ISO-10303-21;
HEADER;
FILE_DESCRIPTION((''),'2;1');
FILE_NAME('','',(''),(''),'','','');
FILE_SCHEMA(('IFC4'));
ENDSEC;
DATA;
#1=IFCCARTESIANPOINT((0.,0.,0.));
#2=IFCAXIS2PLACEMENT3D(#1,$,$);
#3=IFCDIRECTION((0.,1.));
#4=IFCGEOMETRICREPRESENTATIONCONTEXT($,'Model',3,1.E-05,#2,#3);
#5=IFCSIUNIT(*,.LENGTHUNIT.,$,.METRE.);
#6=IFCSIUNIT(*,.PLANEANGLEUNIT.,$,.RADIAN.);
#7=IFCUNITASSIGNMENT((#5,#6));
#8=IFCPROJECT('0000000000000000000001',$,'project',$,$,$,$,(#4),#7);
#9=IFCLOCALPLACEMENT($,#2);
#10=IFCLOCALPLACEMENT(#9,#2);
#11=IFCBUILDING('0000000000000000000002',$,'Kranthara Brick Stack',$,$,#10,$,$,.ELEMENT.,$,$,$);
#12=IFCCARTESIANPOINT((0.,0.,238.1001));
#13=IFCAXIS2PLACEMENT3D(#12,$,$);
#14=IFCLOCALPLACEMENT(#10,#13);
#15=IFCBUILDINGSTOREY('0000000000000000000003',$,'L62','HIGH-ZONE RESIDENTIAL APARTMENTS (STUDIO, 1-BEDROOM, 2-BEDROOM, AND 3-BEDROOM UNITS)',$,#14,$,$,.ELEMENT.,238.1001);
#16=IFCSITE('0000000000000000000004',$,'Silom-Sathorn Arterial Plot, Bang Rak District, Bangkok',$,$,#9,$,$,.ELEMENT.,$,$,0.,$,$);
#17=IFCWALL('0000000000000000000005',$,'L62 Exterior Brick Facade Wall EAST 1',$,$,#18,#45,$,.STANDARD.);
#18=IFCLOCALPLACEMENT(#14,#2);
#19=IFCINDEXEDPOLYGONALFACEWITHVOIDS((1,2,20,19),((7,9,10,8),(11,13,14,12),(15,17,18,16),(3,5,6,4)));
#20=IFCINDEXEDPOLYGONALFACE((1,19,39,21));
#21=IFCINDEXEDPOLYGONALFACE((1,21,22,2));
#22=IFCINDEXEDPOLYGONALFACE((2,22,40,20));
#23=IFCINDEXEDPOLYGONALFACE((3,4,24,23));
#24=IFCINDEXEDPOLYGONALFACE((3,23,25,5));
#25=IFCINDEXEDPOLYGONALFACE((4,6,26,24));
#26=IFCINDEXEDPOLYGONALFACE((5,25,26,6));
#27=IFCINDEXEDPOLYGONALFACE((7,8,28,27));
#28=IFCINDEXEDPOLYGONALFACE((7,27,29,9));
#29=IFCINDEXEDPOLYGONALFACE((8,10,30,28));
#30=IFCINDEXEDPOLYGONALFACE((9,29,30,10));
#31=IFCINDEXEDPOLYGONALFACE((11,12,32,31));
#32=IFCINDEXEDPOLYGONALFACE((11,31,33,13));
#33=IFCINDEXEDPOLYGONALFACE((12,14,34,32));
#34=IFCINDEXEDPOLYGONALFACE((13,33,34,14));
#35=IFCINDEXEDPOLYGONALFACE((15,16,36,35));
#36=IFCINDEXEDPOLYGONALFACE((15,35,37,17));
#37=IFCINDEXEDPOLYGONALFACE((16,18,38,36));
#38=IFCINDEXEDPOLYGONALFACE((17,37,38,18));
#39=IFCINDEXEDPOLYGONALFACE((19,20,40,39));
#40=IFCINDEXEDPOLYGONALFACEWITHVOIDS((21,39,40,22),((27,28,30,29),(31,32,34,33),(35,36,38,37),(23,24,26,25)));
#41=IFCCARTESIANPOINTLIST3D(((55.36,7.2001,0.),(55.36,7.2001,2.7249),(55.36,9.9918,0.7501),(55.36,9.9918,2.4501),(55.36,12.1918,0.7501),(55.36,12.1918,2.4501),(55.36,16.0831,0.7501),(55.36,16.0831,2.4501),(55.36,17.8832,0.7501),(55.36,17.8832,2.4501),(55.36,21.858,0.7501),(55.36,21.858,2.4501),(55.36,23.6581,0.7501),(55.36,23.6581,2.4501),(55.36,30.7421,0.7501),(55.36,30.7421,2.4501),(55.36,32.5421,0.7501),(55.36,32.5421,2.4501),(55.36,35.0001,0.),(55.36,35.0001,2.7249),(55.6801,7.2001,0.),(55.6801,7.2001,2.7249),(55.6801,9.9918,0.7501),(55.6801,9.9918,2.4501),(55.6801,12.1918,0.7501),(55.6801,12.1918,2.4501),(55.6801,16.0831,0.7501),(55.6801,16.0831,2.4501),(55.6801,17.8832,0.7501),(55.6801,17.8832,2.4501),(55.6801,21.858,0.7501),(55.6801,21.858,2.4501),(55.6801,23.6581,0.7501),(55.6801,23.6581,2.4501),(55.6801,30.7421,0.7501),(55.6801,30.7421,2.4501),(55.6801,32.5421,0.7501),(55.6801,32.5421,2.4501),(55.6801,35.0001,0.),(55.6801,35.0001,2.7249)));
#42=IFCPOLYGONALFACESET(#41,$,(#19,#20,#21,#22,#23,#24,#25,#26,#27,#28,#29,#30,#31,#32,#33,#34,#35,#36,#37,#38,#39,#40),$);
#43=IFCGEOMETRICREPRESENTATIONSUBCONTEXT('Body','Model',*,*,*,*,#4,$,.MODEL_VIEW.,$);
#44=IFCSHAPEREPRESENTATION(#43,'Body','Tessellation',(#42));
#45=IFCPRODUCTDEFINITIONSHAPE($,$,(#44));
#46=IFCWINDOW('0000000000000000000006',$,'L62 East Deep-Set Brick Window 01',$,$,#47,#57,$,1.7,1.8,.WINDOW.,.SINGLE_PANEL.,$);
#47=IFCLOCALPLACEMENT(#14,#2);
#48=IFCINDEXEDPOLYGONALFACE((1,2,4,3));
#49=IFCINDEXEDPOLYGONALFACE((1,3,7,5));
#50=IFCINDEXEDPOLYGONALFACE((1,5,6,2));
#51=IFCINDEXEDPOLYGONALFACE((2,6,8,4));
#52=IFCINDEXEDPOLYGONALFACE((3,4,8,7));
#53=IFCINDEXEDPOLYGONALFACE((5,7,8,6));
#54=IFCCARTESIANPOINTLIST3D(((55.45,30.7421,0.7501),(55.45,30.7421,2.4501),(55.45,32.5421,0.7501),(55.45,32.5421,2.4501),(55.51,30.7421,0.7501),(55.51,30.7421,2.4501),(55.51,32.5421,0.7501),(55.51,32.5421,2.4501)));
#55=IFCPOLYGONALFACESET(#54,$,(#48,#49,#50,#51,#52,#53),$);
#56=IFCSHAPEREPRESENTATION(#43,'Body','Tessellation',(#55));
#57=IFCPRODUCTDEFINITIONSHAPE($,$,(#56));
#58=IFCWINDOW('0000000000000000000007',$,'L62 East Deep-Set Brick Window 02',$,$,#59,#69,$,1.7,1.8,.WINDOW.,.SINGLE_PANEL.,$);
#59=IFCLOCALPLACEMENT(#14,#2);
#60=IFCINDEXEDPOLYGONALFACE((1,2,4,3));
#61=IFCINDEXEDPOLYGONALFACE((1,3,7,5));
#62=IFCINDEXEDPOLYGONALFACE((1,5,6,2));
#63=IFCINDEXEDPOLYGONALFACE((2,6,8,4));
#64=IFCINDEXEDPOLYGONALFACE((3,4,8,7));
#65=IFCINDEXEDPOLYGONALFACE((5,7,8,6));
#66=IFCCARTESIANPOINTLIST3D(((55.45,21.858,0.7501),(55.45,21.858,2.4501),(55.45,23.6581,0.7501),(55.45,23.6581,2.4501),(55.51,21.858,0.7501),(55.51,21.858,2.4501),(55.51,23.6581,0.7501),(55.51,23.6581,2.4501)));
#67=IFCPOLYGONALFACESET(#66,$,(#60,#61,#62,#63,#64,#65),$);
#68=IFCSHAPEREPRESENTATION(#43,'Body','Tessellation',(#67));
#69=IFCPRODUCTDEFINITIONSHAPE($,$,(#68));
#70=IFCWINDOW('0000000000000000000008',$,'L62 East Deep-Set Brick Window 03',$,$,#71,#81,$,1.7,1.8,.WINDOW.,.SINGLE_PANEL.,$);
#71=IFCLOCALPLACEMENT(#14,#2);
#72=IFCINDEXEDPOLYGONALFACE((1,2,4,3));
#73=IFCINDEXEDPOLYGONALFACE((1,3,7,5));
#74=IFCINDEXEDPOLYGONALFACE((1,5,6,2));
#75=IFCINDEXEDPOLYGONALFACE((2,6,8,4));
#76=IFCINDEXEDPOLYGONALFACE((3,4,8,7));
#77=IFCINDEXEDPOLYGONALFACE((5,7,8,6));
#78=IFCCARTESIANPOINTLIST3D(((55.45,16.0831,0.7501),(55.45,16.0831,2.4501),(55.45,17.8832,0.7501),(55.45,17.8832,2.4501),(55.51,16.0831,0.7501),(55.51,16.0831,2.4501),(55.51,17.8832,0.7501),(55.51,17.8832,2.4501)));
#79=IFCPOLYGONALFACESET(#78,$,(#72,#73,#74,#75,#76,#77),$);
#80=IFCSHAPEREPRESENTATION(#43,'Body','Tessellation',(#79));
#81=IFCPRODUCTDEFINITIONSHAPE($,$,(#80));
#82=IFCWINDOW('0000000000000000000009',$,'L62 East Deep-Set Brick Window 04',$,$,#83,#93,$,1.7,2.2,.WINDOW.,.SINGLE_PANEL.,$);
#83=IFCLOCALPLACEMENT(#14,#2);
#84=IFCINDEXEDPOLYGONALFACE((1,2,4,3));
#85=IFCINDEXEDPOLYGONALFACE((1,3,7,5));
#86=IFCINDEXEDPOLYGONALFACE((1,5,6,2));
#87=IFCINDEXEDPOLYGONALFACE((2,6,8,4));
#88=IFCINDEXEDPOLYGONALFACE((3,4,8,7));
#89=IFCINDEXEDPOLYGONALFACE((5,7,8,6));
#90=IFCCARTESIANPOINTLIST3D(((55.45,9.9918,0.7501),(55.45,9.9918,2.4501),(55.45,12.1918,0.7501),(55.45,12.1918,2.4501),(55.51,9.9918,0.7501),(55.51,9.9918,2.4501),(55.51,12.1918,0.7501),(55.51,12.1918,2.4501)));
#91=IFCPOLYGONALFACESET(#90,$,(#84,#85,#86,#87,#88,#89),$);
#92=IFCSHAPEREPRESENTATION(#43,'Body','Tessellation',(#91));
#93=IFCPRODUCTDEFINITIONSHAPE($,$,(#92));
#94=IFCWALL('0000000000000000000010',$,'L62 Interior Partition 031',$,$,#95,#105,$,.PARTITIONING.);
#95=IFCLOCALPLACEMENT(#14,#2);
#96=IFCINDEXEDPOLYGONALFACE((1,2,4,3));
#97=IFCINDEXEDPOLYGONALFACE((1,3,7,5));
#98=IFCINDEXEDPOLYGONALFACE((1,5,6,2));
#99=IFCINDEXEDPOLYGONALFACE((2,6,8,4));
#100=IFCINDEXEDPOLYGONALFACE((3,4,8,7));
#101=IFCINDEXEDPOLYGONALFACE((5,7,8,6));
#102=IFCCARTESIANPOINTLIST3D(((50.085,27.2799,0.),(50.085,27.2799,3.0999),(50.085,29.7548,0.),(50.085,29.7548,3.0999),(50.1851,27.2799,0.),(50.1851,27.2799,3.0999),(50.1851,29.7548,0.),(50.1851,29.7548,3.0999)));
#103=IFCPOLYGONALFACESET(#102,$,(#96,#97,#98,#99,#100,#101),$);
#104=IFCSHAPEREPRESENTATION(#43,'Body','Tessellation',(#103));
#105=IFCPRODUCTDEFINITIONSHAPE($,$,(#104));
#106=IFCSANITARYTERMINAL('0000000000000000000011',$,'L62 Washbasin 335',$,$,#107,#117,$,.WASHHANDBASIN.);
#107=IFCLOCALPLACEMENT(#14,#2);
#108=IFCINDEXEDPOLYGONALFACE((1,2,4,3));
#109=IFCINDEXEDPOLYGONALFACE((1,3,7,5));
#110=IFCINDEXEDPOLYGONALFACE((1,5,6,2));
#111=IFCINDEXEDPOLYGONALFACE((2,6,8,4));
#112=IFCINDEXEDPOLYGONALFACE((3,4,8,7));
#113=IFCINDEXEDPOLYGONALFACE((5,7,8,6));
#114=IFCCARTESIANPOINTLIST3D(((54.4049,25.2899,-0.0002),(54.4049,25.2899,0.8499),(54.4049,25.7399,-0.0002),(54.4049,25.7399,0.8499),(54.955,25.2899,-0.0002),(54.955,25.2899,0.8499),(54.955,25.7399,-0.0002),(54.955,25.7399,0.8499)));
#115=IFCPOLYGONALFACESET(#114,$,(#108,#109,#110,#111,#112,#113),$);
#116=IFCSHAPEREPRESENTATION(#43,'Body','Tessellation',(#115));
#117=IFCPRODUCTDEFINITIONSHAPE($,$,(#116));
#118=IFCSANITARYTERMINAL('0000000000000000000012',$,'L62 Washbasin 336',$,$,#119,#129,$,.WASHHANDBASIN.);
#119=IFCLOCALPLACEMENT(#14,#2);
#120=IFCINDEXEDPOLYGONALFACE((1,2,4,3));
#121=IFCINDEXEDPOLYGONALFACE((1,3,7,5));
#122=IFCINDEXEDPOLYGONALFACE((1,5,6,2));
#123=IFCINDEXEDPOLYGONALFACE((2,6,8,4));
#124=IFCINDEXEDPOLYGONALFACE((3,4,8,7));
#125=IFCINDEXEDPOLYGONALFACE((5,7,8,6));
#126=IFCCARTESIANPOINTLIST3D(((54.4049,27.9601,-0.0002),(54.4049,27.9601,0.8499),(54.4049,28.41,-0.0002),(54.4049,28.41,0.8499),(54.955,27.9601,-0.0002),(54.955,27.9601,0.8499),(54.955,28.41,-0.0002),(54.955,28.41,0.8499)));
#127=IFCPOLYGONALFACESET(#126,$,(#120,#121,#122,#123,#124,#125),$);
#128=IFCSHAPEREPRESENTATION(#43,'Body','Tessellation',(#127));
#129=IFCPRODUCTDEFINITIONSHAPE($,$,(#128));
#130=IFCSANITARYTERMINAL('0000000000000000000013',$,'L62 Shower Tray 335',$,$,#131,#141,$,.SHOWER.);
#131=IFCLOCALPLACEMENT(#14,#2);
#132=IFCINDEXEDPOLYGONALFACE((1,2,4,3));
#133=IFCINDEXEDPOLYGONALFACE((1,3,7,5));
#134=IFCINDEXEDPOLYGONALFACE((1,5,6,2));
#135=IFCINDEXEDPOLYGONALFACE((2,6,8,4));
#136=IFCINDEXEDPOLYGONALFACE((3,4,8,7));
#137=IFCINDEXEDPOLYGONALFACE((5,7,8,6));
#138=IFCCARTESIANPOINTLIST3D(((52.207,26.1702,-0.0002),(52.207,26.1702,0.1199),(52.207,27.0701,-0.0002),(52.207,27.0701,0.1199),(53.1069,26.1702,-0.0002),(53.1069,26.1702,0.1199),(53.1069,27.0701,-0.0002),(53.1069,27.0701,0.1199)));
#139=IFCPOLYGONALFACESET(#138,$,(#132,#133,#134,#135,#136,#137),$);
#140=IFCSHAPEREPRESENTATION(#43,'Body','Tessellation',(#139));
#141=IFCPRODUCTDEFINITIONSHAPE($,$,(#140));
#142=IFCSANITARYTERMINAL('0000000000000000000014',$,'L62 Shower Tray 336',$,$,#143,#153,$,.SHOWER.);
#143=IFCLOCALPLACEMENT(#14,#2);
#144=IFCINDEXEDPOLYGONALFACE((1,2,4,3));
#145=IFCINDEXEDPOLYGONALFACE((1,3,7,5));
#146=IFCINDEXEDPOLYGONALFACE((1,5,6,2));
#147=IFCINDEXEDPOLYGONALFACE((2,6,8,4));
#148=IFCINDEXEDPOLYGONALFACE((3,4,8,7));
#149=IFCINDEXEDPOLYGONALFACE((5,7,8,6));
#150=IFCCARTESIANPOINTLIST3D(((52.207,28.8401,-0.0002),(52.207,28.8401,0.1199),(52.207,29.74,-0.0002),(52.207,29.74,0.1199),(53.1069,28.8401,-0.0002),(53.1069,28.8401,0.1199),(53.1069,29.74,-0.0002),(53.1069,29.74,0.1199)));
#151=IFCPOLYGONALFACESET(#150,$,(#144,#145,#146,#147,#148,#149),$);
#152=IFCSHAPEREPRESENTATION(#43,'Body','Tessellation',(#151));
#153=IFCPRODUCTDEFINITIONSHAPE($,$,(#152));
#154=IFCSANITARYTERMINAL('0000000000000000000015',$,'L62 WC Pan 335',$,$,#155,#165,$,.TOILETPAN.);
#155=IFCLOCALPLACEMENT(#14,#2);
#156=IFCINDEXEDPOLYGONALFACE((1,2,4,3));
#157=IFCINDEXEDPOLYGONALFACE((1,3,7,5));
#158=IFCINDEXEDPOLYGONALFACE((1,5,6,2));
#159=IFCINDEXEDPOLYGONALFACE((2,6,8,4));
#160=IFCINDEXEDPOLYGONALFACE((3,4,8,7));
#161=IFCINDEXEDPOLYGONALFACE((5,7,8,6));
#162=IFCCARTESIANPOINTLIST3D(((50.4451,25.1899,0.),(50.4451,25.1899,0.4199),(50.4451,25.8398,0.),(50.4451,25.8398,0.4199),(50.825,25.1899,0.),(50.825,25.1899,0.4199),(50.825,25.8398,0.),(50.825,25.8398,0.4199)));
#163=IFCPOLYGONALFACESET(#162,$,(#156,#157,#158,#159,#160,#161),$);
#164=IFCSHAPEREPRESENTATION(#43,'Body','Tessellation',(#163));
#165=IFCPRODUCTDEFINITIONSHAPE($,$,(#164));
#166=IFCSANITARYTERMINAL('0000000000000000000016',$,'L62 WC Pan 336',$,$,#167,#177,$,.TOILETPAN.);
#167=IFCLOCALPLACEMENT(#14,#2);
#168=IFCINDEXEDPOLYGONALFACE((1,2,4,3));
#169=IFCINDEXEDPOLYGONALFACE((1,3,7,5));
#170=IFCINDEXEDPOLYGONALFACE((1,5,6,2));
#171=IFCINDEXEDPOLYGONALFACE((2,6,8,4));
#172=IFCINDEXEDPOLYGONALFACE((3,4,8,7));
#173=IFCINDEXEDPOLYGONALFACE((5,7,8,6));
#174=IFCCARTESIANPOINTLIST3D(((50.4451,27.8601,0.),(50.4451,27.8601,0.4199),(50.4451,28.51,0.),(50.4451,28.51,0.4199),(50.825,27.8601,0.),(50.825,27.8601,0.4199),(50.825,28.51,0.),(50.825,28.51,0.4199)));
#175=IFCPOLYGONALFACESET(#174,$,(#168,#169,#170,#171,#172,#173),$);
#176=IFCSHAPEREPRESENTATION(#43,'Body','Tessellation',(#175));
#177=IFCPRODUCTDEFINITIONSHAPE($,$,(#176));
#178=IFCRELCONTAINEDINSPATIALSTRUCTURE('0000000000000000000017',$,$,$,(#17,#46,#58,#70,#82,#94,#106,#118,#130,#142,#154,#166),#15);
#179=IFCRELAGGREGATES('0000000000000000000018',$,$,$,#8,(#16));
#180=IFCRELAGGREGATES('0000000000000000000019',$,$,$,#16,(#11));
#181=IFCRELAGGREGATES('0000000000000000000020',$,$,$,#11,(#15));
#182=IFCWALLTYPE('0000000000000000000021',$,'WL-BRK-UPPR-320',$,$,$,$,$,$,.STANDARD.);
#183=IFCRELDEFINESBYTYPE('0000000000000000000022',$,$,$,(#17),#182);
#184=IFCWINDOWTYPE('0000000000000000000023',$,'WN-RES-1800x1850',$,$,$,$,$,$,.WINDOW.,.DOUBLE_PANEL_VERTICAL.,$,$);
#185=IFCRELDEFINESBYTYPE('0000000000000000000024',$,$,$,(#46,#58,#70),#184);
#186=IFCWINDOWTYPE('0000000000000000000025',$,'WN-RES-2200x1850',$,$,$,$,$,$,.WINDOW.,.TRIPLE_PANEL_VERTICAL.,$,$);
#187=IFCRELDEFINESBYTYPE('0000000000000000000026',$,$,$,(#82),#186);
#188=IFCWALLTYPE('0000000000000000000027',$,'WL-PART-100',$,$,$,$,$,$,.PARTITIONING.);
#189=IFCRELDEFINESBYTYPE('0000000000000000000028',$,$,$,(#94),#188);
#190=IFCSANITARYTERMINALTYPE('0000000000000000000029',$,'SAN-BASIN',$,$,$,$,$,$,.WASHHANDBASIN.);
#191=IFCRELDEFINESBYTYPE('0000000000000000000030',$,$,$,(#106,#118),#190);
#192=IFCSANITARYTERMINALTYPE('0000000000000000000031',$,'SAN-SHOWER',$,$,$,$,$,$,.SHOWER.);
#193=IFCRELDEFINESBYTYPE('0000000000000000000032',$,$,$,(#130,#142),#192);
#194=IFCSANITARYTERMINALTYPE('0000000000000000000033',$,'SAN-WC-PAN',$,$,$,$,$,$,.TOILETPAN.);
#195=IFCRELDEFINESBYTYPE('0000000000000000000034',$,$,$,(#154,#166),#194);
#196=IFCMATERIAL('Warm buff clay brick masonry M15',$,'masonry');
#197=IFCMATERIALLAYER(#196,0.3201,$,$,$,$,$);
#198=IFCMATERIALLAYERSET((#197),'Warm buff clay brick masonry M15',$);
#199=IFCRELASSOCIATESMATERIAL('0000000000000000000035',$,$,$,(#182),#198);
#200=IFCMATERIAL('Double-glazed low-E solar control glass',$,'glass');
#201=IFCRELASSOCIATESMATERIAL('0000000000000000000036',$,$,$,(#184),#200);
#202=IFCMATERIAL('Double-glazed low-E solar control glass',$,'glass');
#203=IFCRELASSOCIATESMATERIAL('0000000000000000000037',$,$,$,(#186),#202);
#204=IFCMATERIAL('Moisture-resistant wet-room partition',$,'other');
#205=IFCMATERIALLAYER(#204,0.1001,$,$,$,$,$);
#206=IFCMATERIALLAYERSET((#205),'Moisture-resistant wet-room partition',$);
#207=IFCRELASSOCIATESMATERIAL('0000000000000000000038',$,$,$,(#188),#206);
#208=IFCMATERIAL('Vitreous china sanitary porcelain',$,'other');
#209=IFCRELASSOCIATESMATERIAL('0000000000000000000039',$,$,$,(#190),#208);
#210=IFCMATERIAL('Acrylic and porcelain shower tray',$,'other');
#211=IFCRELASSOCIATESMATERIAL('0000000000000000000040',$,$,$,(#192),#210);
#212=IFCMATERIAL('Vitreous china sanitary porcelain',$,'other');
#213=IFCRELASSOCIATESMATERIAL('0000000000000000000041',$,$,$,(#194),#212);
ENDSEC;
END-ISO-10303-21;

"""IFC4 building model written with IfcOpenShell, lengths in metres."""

from ifc_helpers import new_model, si_unit, direction, frame, frame_2d, origin, origin_2d, place, context, subcontext, project, spatial, rectangle, extrude, material, layer, layer_set, type_object, element, fill, save


model = new_model("IFC4")

# Units and contexts
model_context = context("Model", 3, precision=1e-05, world=origin(), true_north=direction((0.0, 1.0)))
body_context = subcontext(model_context, "Body", "Model", "MODEL_VIEW")
ifc_project = project(units=[si_unit("LENGTHUNIT", "METRE"), si_unit("PLANEANGLEUNIT", "RADIAN")], contexts=[model_context])

# Site, building, storey
site_placement = place(None, origin())
site = spatial("IfcSite", under=ifc_project, at=site_placement, Name="Silom-Sathorn Arterial Plot, Bang Rak District, Bangkok", CompositionType="ELEMENT", RefElevation=0.0)
building_placement = place(site_placement, origin())
building = spatial("IfcBuilding", under=site, at=building_placement, Name="Kranthara Brick Stack", CompositionType="ELEMENT")
storey_placement = place(building_placement, frame((0.0, 0.0, 238.1001)))
storey = spatial("IfcBuildingStorey", under=building, at=storey_placement, Name="L62", Description="HIGH-ZONE RESIDENTIAL APARTMENTS (STUDIO, 1-BEDROOM, 2-BEDROOM, AND 3-BEDROOM UNITS)", CompositionType="ELEMENT", Elevation=238.1001)

# Shared definitions
ifc_material_1 = material(Name="Warm buff clay brick masonry M15", Category="masonry")
ifc_layer_1 = layer(ifc_material_1, 0.3201)
ifc_layer_set_1 = layer_set([ifc_layer_1], Name="Warm buff clay brick masonry M15")
wall_type_1 = type_object("IfcWallType", Name="WL-BRK-UPPR-320", PredefinedType="STANDARD", material=ifc_layer_set_1)

# Wall, openings, windows
wall_1_placement = place(storey_placement, frame((55.52, 35.0, 0.0), z_axis=(0.0, 0.0, 1.0), x_axis=(0.0, -1.0, 0.0)))
wall_1 = element("IfcWall", 1, at=wall_1_placement, inside=storey, type_object=wall_type_1, Name="L62 Exterior Brick Facade Wall EAST 1", PredefinedType="STANDARD", context=body_context, shape_type="SweptSolid", body=[
    extrude(rectangle(XDim=27.8, YDim=0.3201, at=frame_2d((13.8999, 0.0))), origin(), (0.0, 0.0, 1.0), 2.7249),
])
opening_1_placement = place(wall_1_placement, frame((2.458, 0.0, 0.75)))
opening_1 = element("IfcOpeningElement", 2, at=opening_1_placement, cuts=wall_1, PredefinedType="OPENING", context=body_context, shape_type="SweptSolid", body=[
    extrude(rectangle(XDim=1.8, YDim=1.7, at=frame_2d((0.8999, 0.8501))), frame((0.0, 0.1699, 0.0), z_axis=(0.0, -1.0, 0.0), x_axis=(1.0, 0.0, 0.0)), (0.0, 0.0, 1.0), 0.3401),
])
opening_2_placement = place(wall_1_placement, frame((11.342, 0.0, 0.75)))
opening_2 = element("IfcOpeningElement", 3, at=opening_2_placement, cuts=wall_1, PredefinedType="OPENING", context=body_context, shape_type="SweptSolid", body=[
    extrude(rectangle(XDim=1.8, YDim=1.7, at=frame_2d((0.8999, 0.8501))), frame((0.0, 0.1699, 0.0), z_axis=(0.0, -1.0, 0.0), x_axis=(1.0, 0.0, 0.0)), (0.0, 0.0, 1.0), 0.3401),
])
opening_3_placement = place(wall_1_placement, frame((17.1169, 0.0, 0.75)))
opening_3 = element("IfcOpeningElement", 4, at=opening_3_placement, cuts=wall_1, PredefinedType="OPENING", context=body_context, shape_type="SweptSolid", body=[
    extrude(rectangle(XDim=1.8, YDim=1.7, at=frame_2d((0.8999, 0.8501))), frame((0.0, 0.1699, 0.0), z_axis=(0.0, -1.0, 0.0), x_axis=(1.0, 0.0, 0.0)), (0.0, 0.0, 1.0), 0.3401),
])
opening_4_placement = place(wall_1_placement, frame((22.8081, 0.0, 0.75)))
opening_4 = element("IfcOpeningElement", 5, at=opening_4_placement, cuts=wall_1, PredefinedType="OPENING", context=body_context, shape_type="SweptSolid", body=[
    extrude(rectangle(XDim=2.2, YDim=1.7, at=frame_2d((1.1001, 0.8501))), frame((0.0, 0.1699, 0.0), z_axis=(0.0, -1.0, 0.0), x_axis=(1.0, 0.0, 0.0)), (0.0, 0.0, 1.0), 0.3401),
])
ifc_material_2 = material(Name="Double-glazed low-E solar control glass", Category="glass")
window_type_1 = type_object("IfcWindowType", Name="WN-RES-1800x1850", PartitioningType="DOUBLE_PANEL_VERTICAL", PredefinedType="WINDOW", material=ifc_material_2)
window_1_placement = place(opening_1_placement, origin())
window_1 = element("IfcWindow", 6, at=window_1_placement, inside=storey, type_object=window_type_1, Name="L62 East Deep-Set Brick Window 01", OverallHeight=1.7, OverallWidth=1.8, PartitioningType="SINGLE_PANEL", PredefinedType="WINDOW", context=body_context, shape_type="SweptSolid", body=[
    extrude(rectangle(XDim=1.8, YDim=1.7, at=frame_2d((0.8999, 0.8501))), frame((0.0, -0.01, 0.0), z_axis=(0.0, -1.0, 0.0), x_axis=(1.0, 0.0, 0.0)), (0.0, 0.0, 1.0), 0.0601),
])
fill(opening_1, window_1)
window_2_placement = place(opening_2_placement, origin())
window_2 = element("IfcWindow", 7, at=window_2_placement, inside=storey, type_object=window_type_1, Name="L62 East Deep-Set Brick Window 02", OverallHeight=1.7, OverallWidth=1.8, PartitioningType="SINGLE_PANEL", PredefinedType="WINDOW", context=body_context, shape_type="SweptSolid", body=[
    extrude(rectangle(XDim=1.8, YDim=1.7, at=frame_2d((0.8999, 0.8501))), frame((0.0, -0.01, 0.0), z_axis=(0.0, -1.0, 0.0), x_axis=(1.0, 0.0, 0.0)), (0.0, 0.0, 1.0), 0.0601),
])
fill(opening_2, window_2)
window_3_placement = place(opening_3_placement, origin())
window_3 = element("IfcWindow", 8, at=window_3_placement, inside=storey, type_object=window_type_1, Name="L62 East Deep-Set Brick Window 03", OverallHeight=1.7, OverallWidth=1.8, PartitioningType="SINGLE_PANEL", PredefinedType="WINDOW", context=body_context, shape_type="SweptSolid", body=[
    extrude(rectangle(XDim=1.8, YDim=1.7, at=frame_2d((0.8999, 0.8501))), frame((0.0, -0.01, 0.0), z_axis=(0.0, -1.0, 0.0), x_axis=(1.0, 0.0, 0.0)), (0.0, 0.0, 1.0), 0.0601),
])
fill(opening_3, window_3)
ifc_material_3 = material(Name="Double-glazed low-E solar control glass", Category="glass")
window_type_2 = type_object("IfcWindowType", Name="WN-RES-2200x1850", PartitioningType="TRIPLE_PANEL_VERTICAL", PredefinedType="WINDOW", material=ifc_material_3)
window_4_placement = place(opening_4_placement, origin())
window_4 = element("IfcWindow", 9, at=window_4_placement, inside=storey, type_object=window_type_2, Name="L62 East Deep-Set Brick Window 04", OverallHeight=1.7, OverallWidth=2.2, PartitioningType="SINGLE_PANEL", PredefinedType="WINDOW", context=body_context, shape_type="SweptSolid", body=[
    extrude(rectangle(XDim=2.2, YDim=1.7, at=frame_2d((1.1001, 0.8501))), frame((0.0, -0.01, 0.0), z_axis=(0.0, -1.0, 0.0), x_axis=(1.0, 0.0, 0.0)), (0.0, 0.0, 1.0), 0.0601),
])
fill(opening_4, window_4)

# Wall
ifc_material_4 = material(Name="Moisture-resistant wet-room partition", Category="other")
ifc_layer_2 = layer(ifc_material_4, 0.1001)
ifc_layer_set_2 = layer_set([ifc_layer_2], Name="Moisture-resistant wet-room partition")
wall_type_2 = type_object("IfcWallType", Name="WL-PART-100", PredefinedType="PARTITIONING", material=ifc_layer_set_2)
wall_2_placement = place(storey_placement, frame((50.135, 27.28, 0.0), z_axis=(0.0, 0.0, 1.0), x_axis=(0.0, 1.0, 0.0)))
element("IfcWall", 10, at=wall_2_placement, inside=storey, type_object=wall_type_2, Name="L62 Interior Partition 031", PredefinedType="PARTITIONING", context=body_context, shape_type="SweptSolid", body=[
    extrude(rectangle(XDim=2.4749, YDim=0.1001, at=frame_2d((1.2373, 0.0))), origin(), (0.0, 0.0, 1.0), 3.0999),
])

# Sanitary terminals
ifc_material_5 = material(Name="Vitreous china sanitary porcelain", Category="other")
sanitary_terminal_type_1 = type_object("IfcSanitaryTerminalType", Name="SAN-BASIN", PredefinedType="WASHHANDBASIN", material=ifc_material_5)
for number, where, z_axis, x_axis, name in (
    (11, (54.6799, 25.5149, -0.0002), (0.0, 0.0, 1.0), (1.0, 0.0, 0.0), "L62 Washbasin 335"),
    (12, (54.6799, 28.1851, -0.0002), (0.0, 0.0, 1.0), (1.0, 0.0, 0.0), "L62 Washbasin 336"),
):
    element("IfcSanitaryTerminal", number, at=place(storey_placement, frame(where, z_axis=z_axis, x_axis=x_axis)), inside=storey, type_object=sanitary_terminal_type_1, Name=name, PredefinedType="WASHHANDBASIN", context=body_context, shape_type="SweptSolid", body=[
        extrude(rectangle(XDim=0.55, YDim=0.45, at=origin_2d()), origin(), (0.0, 0.0, 1.0), 0.8501),
    ])
ifc_material_6 = material(Name="Acrylic and porcelain shower tray", Category="other")
sanitary_terminal_type_2 = type_object("IfcSanitaryTerminalType", Name="SAN-SHOWER", PredefinedType="SHOWER", material=ifc_material_6)
for number, where, z_axis, x_axis, name in (
    (13, (52.657, 26.6201, -0.0002), (0.0, 0.0, 1.0), (1.0, 0.0, 0.0), "L62 Shower Tray 335"),
    (14, (52.657, 29.29, -0.0002), (0.0, 0.0, 1.0), (1.0, 0.0, 0.0), "L62 Shower Tray 336"),
):
    element("IfcSanitaryTerminal", number, at=place(storey_placement, frame(where, z_axis=z_axis, x_axis=x_axis)), inside=storey, type_object=sanitary_terminal_type_2, Name=name, PredefinedType="SHOWER", context=body_context, shape_type="SweptSolid", body=[
        extrude(rectangle(XDim=0.8999, YDim=0.8999, at=origin_2d()), origin(), (0.0, 0.0, 1.0), 0.1201),
    ])
ifc_material_7 = material(Name="Vitreous china sanitary porcelain", Category="other")
sanitary_terminal_type_3 = type_object("IfcSanitaryTerminalType", Name="SAN-WC-PAN", PredefinedType="TOILETPAN", material=ifc_material_7)
for number, where, z_axis, x_axis, name in (
    (15, (50.635, 25.5149, 0.0), (0.0, 0.0, 1.0), (1.0, 0.0, 0.0), "L62 WC Pan 335"),
    (16, (50.635, 28.1851, 0.0), (0.0, 0.0, 1.0), (1.0, 0.0, 0.0), "L62 WC Pan 336"),
):
    element("IfcSanitaryTerminal", number, at=place(storey_placement, frame(where, z_axis=z_axis, x_axis=x_axis)), inside=storey, type_object=sanitary_terminal_type_3, Name=name, PredefinedType="TOILETPAN", context=body_context, shape_type="SweptSolid", body=[
        extrude(rectangle(XDim=0.3799, YDim=0.6499, at=origin_2d()), origin(), (0.0, 0.0, 1.0), 0.4199),
    ])

save(model, "model.ifc")
